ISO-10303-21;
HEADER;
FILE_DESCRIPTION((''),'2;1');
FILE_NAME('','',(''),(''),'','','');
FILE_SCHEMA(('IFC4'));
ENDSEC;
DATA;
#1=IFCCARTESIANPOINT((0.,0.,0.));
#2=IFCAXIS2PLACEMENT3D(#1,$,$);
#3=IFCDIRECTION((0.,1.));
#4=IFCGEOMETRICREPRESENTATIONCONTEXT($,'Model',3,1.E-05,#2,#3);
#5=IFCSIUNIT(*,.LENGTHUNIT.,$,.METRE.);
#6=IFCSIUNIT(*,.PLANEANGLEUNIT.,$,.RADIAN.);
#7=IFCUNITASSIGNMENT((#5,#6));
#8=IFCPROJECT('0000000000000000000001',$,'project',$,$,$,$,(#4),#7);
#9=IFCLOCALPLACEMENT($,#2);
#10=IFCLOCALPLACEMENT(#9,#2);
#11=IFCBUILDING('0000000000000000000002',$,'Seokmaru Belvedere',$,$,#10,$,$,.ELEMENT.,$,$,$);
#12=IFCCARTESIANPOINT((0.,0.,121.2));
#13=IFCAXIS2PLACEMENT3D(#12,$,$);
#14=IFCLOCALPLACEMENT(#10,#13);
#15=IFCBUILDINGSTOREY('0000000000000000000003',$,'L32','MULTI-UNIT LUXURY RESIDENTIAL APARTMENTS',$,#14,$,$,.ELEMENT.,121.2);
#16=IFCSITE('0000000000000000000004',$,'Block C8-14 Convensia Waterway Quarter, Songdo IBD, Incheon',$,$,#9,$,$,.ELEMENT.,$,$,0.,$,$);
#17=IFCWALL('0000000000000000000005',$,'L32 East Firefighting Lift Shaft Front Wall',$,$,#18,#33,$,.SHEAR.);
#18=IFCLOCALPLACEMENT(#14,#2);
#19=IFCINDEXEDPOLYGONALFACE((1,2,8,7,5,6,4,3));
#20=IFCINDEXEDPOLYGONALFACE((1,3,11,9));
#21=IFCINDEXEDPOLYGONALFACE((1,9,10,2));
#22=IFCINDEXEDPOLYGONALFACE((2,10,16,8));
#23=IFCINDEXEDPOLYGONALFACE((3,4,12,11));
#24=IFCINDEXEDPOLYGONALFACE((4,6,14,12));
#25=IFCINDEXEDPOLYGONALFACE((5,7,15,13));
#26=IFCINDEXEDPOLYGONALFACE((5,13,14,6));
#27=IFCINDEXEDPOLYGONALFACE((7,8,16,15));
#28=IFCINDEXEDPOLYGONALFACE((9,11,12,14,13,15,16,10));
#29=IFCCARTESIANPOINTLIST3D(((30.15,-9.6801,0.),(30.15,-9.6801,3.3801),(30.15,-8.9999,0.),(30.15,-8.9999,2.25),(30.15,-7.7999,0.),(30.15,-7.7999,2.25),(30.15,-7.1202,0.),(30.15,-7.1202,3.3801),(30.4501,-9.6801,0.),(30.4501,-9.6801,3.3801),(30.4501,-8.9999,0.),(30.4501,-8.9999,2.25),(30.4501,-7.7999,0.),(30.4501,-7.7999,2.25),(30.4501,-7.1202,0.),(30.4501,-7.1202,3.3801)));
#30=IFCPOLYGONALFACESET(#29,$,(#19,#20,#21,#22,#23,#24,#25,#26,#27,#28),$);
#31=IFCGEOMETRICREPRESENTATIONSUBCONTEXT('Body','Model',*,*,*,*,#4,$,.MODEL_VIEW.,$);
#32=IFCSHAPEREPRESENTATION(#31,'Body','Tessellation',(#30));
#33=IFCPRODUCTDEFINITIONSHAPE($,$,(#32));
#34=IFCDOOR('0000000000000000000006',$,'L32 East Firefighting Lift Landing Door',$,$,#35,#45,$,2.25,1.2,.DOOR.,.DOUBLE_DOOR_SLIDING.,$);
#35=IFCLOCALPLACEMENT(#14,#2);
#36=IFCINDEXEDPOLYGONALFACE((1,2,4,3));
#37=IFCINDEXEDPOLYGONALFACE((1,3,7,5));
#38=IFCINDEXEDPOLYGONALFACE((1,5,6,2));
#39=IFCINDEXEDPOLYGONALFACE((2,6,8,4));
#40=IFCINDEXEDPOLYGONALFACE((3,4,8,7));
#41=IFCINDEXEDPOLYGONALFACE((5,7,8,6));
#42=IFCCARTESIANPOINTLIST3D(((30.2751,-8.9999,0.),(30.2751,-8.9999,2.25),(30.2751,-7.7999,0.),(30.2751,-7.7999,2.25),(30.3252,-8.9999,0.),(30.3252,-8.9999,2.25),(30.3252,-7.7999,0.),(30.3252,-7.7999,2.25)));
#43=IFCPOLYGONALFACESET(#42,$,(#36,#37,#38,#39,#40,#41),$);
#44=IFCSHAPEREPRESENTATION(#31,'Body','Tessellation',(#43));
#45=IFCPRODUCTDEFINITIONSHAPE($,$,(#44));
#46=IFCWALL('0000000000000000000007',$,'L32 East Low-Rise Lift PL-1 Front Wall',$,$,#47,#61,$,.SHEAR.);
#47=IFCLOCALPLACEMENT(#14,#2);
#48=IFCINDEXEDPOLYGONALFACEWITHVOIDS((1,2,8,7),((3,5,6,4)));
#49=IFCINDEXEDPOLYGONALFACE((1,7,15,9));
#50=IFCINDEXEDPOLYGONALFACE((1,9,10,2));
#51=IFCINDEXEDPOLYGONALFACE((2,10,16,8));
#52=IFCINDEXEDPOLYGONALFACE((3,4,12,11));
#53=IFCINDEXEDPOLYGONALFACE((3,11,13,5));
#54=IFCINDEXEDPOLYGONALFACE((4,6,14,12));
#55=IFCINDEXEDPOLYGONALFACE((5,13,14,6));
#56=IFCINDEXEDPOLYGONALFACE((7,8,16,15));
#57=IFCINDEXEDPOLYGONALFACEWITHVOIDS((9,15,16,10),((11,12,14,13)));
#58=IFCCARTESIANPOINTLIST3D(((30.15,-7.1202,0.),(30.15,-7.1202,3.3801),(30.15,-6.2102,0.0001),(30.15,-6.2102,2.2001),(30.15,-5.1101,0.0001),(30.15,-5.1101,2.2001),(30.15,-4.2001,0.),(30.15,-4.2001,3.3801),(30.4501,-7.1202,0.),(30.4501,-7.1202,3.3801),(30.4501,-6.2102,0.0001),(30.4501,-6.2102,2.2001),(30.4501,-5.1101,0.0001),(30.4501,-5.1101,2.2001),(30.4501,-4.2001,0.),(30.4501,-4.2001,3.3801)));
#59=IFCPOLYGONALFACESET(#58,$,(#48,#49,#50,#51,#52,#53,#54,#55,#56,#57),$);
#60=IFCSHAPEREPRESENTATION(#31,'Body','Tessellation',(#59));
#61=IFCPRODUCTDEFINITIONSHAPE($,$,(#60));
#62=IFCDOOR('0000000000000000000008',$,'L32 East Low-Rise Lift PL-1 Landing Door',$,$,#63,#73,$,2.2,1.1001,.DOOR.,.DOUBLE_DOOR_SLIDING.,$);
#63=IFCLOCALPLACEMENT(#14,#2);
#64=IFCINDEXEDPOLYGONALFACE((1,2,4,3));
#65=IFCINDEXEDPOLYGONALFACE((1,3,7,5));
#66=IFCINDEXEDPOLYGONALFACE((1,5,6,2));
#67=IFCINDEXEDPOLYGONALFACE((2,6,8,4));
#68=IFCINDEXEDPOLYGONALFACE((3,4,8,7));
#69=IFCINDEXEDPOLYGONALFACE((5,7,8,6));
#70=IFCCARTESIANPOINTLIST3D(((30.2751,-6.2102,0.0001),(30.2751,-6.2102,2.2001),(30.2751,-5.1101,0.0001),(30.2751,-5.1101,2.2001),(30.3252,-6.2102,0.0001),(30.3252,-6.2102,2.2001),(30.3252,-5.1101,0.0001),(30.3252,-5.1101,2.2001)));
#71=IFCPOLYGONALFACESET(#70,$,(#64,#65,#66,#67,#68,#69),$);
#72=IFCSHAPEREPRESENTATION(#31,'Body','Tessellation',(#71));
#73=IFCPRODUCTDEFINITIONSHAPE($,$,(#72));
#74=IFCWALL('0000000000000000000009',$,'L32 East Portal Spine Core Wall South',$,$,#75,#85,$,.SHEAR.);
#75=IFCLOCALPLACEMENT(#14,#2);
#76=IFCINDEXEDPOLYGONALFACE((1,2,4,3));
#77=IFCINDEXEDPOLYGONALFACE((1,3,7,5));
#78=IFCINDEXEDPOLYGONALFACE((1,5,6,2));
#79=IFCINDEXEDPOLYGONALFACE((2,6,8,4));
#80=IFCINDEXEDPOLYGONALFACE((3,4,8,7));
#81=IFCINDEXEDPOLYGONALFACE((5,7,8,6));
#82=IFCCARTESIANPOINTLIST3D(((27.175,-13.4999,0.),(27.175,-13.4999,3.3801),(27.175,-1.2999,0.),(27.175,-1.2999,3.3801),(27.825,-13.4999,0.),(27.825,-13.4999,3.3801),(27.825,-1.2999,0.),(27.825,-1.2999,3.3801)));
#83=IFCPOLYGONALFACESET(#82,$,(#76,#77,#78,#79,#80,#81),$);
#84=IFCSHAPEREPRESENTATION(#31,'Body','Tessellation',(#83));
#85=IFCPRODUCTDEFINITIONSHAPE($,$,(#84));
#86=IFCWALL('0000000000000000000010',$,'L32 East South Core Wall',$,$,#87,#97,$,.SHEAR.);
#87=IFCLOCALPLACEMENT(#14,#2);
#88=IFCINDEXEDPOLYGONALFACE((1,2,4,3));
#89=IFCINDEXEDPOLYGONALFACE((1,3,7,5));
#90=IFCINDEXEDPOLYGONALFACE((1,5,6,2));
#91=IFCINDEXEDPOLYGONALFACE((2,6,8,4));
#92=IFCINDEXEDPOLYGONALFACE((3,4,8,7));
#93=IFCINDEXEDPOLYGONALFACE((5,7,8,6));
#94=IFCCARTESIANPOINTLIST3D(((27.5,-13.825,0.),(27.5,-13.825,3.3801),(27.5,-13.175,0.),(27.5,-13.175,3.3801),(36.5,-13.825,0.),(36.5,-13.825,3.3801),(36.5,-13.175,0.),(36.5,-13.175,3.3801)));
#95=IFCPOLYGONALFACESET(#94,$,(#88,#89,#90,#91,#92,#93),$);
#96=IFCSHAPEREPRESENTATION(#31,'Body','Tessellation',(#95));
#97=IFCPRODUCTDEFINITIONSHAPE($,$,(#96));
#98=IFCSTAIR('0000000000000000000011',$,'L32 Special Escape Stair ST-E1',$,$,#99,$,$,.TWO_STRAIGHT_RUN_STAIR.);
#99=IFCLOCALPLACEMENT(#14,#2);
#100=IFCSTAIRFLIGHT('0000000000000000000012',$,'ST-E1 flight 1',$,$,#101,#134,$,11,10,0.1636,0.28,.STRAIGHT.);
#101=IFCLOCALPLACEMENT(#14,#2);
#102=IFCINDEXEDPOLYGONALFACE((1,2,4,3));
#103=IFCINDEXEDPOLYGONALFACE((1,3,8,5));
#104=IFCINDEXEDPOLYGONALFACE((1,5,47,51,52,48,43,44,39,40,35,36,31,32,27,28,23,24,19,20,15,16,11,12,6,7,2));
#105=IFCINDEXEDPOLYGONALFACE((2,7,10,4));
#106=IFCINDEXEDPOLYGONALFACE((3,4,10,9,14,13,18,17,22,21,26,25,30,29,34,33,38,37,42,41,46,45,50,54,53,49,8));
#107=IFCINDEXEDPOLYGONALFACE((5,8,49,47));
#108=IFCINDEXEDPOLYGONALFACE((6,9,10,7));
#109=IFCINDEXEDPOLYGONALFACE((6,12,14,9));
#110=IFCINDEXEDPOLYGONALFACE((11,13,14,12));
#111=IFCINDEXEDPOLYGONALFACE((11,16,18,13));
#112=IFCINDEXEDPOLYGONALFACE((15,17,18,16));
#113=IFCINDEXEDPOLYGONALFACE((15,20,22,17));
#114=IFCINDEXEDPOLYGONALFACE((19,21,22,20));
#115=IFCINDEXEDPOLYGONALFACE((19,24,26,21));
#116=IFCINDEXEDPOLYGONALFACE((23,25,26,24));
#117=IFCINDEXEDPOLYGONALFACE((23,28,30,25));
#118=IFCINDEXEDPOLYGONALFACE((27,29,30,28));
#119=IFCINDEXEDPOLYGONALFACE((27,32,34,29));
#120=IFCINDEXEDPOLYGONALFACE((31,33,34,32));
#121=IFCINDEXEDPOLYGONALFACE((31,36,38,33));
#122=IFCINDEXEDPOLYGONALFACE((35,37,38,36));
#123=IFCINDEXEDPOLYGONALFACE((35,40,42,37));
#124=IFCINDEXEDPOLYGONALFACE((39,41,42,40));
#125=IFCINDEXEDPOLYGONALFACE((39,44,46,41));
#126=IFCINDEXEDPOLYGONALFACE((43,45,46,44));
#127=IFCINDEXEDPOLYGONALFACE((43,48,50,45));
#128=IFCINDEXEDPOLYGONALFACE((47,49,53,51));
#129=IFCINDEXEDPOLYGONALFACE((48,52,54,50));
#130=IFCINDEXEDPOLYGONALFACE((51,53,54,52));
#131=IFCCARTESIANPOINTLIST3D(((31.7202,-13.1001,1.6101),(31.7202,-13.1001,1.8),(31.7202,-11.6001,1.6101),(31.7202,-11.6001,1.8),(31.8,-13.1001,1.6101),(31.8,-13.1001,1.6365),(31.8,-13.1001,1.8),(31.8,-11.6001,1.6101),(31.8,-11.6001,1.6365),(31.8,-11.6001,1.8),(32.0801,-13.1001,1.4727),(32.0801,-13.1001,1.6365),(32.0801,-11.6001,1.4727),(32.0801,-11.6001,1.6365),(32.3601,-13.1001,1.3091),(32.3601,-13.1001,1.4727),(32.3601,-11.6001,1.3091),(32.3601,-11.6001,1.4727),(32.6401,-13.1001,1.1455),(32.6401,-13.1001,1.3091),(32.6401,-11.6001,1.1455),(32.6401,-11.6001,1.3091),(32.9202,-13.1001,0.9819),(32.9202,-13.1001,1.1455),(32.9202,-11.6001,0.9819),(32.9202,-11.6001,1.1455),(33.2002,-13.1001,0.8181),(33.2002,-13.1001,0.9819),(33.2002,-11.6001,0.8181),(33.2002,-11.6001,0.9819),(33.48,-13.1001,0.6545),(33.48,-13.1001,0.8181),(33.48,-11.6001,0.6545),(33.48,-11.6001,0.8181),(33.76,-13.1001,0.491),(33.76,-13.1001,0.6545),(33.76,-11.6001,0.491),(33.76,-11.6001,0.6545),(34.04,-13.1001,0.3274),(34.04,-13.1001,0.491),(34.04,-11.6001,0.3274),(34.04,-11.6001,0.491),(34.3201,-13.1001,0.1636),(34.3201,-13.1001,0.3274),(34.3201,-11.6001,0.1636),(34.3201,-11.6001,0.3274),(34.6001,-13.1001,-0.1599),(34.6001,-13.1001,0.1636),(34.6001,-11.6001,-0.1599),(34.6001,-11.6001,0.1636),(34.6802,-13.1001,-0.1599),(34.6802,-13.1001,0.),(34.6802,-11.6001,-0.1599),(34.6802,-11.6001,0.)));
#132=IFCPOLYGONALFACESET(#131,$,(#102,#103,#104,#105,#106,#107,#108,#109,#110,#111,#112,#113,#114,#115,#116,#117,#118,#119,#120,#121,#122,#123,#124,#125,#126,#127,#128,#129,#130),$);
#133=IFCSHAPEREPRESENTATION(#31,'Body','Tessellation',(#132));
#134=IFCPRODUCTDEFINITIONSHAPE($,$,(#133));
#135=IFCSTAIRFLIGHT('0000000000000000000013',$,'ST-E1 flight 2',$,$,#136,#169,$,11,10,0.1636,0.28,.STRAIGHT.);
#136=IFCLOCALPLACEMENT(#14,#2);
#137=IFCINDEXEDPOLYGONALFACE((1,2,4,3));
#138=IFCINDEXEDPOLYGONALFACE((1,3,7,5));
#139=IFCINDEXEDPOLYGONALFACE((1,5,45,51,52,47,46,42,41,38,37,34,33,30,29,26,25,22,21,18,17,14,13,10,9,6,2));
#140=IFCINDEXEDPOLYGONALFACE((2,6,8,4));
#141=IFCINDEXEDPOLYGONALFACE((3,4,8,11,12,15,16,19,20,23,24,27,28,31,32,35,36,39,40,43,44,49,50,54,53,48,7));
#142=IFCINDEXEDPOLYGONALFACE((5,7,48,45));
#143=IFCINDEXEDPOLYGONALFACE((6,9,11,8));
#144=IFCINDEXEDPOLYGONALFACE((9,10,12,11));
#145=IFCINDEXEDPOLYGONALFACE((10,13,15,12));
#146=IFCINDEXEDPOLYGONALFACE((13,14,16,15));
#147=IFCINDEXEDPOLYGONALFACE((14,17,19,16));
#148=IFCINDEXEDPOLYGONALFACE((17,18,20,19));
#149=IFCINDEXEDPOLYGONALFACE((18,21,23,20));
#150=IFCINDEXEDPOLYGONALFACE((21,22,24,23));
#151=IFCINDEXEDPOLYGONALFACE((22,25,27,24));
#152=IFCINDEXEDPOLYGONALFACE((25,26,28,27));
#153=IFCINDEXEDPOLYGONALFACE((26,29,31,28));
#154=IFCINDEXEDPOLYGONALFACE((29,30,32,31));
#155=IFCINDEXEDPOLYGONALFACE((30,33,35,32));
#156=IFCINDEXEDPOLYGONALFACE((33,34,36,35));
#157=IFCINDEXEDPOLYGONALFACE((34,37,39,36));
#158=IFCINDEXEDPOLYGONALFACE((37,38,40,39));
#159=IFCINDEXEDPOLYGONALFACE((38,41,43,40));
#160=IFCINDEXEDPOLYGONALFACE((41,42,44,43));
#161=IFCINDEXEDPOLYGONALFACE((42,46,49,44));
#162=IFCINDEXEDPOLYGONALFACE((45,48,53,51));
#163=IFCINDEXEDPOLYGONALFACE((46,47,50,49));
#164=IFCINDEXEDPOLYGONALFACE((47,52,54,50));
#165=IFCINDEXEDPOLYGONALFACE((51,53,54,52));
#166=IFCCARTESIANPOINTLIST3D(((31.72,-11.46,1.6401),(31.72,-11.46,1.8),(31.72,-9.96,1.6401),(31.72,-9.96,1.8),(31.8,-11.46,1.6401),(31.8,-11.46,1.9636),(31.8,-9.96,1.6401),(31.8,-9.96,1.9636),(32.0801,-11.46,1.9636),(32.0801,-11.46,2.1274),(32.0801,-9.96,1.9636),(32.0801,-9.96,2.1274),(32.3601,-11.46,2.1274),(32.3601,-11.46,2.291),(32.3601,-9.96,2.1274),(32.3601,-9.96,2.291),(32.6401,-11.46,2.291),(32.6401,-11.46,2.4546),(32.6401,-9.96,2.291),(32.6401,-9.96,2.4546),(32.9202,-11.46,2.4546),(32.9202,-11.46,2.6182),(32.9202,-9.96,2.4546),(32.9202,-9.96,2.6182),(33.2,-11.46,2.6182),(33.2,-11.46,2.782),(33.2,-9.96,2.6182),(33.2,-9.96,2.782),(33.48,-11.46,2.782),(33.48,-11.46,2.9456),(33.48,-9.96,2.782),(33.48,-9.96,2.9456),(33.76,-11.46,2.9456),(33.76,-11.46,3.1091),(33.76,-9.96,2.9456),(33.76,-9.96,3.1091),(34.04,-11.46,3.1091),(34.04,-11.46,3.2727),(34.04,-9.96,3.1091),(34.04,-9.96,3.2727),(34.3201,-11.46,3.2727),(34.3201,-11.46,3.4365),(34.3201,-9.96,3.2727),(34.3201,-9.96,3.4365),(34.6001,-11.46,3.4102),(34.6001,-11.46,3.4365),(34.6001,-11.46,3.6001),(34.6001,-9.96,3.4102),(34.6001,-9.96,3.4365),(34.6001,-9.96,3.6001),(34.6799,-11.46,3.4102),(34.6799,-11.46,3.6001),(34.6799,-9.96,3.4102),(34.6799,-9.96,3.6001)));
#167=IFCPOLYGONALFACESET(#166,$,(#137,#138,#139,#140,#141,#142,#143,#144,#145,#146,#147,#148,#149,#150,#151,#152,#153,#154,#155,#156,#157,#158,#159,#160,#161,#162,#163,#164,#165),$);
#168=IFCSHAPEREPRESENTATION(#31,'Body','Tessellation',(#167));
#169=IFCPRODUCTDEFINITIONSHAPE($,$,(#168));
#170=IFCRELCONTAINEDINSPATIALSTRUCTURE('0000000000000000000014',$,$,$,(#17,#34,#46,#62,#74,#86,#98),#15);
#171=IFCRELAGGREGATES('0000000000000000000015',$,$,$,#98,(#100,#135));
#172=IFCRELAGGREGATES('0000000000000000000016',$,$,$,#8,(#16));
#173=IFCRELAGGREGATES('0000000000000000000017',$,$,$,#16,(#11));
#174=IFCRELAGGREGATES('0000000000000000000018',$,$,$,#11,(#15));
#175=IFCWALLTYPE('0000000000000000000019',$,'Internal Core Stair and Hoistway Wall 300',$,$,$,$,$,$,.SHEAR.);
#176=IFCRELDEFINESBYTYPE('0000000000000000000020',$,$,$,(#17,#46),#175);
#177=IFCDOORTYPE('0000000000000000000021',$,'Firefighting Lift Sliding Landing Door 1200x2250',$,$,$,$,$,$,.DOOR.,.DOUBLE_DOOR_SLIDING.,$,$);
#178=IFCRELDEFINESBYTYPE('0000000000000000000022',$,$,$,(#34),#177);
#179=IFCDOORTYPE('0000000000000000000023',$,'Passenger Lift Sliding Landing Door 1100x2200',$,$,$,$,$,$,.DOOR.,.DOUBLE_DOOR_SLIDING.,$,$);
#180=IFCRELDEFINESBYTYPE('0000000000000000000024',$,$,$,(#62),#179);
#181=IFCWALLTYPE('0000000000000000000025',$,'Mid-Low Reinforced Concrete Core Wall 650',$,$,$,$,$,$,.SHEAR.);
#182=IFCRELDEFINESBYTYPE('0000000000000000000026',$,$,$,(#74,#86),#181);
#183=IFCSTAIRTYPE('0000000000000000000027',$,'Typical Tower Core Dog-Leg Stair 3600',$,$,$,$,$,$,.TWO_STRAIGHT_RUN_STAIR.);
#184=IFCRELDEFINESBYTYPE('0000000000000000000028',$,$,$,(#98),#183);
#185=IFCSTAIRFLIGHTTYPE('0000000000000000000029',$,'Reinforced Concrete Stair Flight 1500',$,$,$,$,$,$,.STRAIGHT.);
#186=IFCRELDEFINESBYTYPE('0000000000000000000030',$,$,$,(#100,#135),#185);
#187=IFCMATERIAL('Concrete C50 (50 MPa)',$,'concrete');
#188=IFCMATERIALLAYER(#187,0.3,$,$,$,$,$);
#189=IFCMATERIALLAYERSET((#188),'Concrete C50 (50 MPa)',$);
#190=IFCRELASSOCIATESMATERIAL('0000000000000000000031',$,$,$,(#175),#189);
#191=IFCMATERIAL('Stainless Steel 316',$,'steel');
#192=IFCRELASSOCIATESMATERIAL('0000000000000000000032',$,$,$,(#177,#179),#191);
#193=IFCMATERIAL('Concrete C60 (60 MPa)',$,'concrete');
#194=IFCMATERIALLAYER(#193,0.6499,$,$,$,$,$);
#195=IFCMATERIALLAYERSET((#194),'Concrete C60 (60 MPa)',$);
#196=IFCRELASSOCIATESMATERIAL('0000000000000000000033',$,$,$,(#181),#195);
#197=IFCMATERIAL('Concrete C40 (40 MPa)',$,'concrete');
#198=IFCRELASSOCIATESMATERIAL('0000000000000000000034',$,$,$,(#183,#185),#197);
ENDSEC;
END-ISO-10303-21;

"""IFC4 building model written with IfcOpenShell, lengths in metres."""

from ifc_helpers import new_model, si_unit, direction, frame, frame_2d, origin, place, context, subcontext, project, spatial, polyline, rectangle, outline, extrude, source, transform, mapped, material, layer, layer_set, type_object, type_shapes, element, fill, aggregate, save


model = new_model("IFC4")

# Units and contexts
model_context = context("Model", 3, precision=1e-05, world=origin(), true_north=direction((0.0, 1.0)))
body_context = subcontext(model_context, "Body", "Model", "MODEL_VIEW")
ifc_project = project(units=[si_unit("LENGTHUNIT", "METRE"), si_unit("PLANEANGLEUNIT", "RADIAN")], contexts=[model_context])

# Site, building, storey
site_placement = place(None, origin())
site = spatial("IfcSite", under=ifc_project, at=site_placement, Name="Block C8-14 Convensia Waterway Quarter, Songdo IBD, Incheon", CompositionType="ELEMENT", RefElevation=0.0)
building_placement = place(site_placement, origin())
building = spatial("IfcBuilding", under=site, at=building_placement, Name="Seokmaru Belvedere", CompositionType="ELEMENT")
storey_placement = place(building_placement, frame((0.0, 0.0, 121.2)))
storey = spatial("IfcBuildingStorey", under=building, at=storey_placement, Name="L32", Description="MULTI-UNIT LUXURY RESIDENTIAL APARTMENTS", CompositionType="ELEMENT", Elevation=121.2)

# Shared definitions
ifc_material_1 = material(Name="Concrete C50 (50 MPa)", Category="concrete")

# Walls, openings, doors
ifc_layer_1 = layer(ifc_material_1, 0.3)
ifc_layer_set_1 = layer_set([ifc_layer_1], Name="Concrete C50 (50 MPa)")
wall_type_1 = type_object("IfcWallType", Name="Internal Core Stair and Hoistway Wall 300", PredefinedType="SHEAR", material=ifc_layer_set_1)
wall_1_placement = place(storey_placement, frame((30.3, -9.6799, 0.0), z_axis=(0.0, 0.0, 1.0), x_axis=(0.0, 1.0, 0.0)))
wall_1 = element("IfcWall", 1, at=wall_1_placement, inside=storey, type_object=wall_type_1, Name="L32 East Firefighting Lift Shaft Front Wall", PredefinedType="SHEAR", context=body_context, shape_type="SweptSolid", body=[
    extrude(rectangle(XDim=2.5598, YDim=0.3, at=frame_2d((1.2798, 0.0))), origin(), (0.0, 0.0, 1.0), 3.3801),
])
opening_1_placement = place(wall_1_placement, frame((0.6799, 0.0, 0.0)))
opening_1 = element("IfcOpeningElement", 2, at=opening_1_placement, cuts=wall_1, PredefinedType="OPENING", context=body_context, shape_type="SweptSolid", body=[
    extrude(rectangle(XDim=1.2, YDim=2.25, at=frame_2d((0.6001, 1.125))), frame((0.0, 0.1602, 0.0), z_axis=(0.0, -1.0, 0.0), x_axis=(1.0, 0.0, 0.0)), (0.0, 0.0, 1.0), 0.3201),
])
ifc_material_2 = material(Name="Stainless Steel 316", Category="steel")
door_type_1 = type_object("IfcDoorType", Name="Firefighting Lift Sliding Landing Door 1200x2250", OperationType="DOUBLE_DOOR_SLIDING", PredefinedType="DOOR", material=ifc_material_2)
shared_shape_1 = source(origin(), body_context, "Body", "SweptSolid", [
    extrude(rectangle(XDim=1.2, YDim=2.25, at=frame_2d((0.6001, 1.125))), frame((0.0, 0.0249, 0.0), z_axis=(0.0, -1.0, 0.0), x_axis=(1.0, 0.0, 0.0)), (0.0, 0.0, 1.0), 0.05),
])
type_shapes(door_type_1, [shared_shape_1])
door_1_placement = place(opening_1_placement, origin())
door_1 = element("IfcDoor", 3, at=door_1_placement, inside=storey, type_object=door_type_1, Name="L32 East Firefighting Lift Landing Door", OperationType="DOUBLE_DOOR_SLIDING", OverallHeight=2.25, OverallWidth=1.2, PredefinedType="DOOR", context=body_context, shape_type="MappedRepresentation", body=[
    mapped(shared_shape_1, transform((0.0, 0.0, 0.0), scale=1.0)),
])
fill(opening_1, door_1)
wall_2_placement = place(storey_placement, frame((30.3, -7.1201, 0.0), z_axis=(0.0, 0.0, 1.0), x_axis=(0.0, 1.0, 0.0)))
wall_2 = element("IfcWall", 4, at=wall_2_placement, inside=storey, type_object=wall_type_1, Name="L32 East Low-Rise Lift PL-1 Front Wall", PredefinedType="SHEAR", context=body_context, shape_type="SweptSolid", body=[
    extrude(rectangle(XDim=2.9202, YDim=0.3, at=frame_2d((1.46, 0.0))), origin(), (0.0, 0.0, 1.0), 3.3801),
])
opening_2_placement = place(wall_2_placement, frame((0.9099, 0.0, 0.0)))
opening_2 = element("IfcOpeningElement", 5, at=opening_2_placement, cuts=wall_2, PredefinedType="OPENING", context=body_context, shape_type="SweptSolid", body=[
    extrude(rectangle(XDim=1.1001, YDim=2.2, at=frame_2d((0.55, 1.1001))), frame((0.0, 0.1602, 0.0), z_axis=(0.0, -1.0, 0.0), x_axis=(1.0, 0.0, 0.0)), (0.0, 0.0, 1.0), 0.3201),
])
door_type_2 = type_object("IfcDoorType", Name="Passenger Lift Sliding Landing Door 1100x2200", OperationType="DOUBLE_DOOR_SLIDING", PredefinedType="DOOR", material=ifc_material_2)
shared_shape_2 = source(origin(), body_context, "Body", "SweptSolid", [
    extrude(rectangle(XDim=1.1001, YDim=2.2, at=frame_2d((0.55, 1.1001))), frame((0.0, 0.0249, 0.0), z_axis=(0.0, -1.0, 0.0), x_axis=(1.0, 0.0, 0.0)), (0.0, 0.0, 1.0), 0.05),
])
type_shapes(door_type_2, [shared_shape_2])
door_2_placement = place(opening_2_placement, origin())
door_2 = element("IfcDoor", 6, at=door_2_placement, inside=storey, type_object=door_type_2, Name="L32 East Low-Rise Lift PL-1 Landing Door", OperationType="DOUBLE_DOOR_SLIDING", OverallHeight=2.2, OverallWidth=1.1001, PredefinedType="DOOR", context=body_context, shape_type="MappedRepresentation", body=[
    mapped(shared_shape_2, transform((0.0, 0.0, 0.0), scale=1.0)),
])
fill(opening_2, door_2)

# Walls
ifc_material_3 = material(Name="Concrete C60 (60 MPa)", Category="concrete")
ifc_layer_2 = layer(ifc_material_3, 0.6499)
ifc_layer_set_2 = layer_set([ifc_layer_2], Name="Concrete C60 (60 MPa)")
wall_type_2 = type_object("IfcWallType", Name="Mid-Low Reinforced Concrete Core Wall 650", PredefinedType="SHEAR", material=ifc_layer_set_2)
wall_3_placement = place(storey_placement, frame((27.5, -13.5, 0.0), z_axis=(0.0, 0.0, 1.0), x_axis=(0.0, 1.0, 0.0)))
element("IfcWall", 7, at=wall_3_placement, inside=storey, type_object=wall_type_2, Name="L32 East Portal Spine Core Wall South", PredefinedType="SHEAR", context=body_context, shape_type="SweptSolid", body=[
    extrude(rectangle(XDim=12.2, YDim=0.6499, at=frame_2d((6.1001, 0.0))), origin(), (0.0, 0.0, 1.0), 3.3801),
])
wall_4_placement = place(storey_placement, frame((27.5, -13.5, 0.0), z_axis=(0.0, 0.0, 1.0), x_axis=(1.0, 0.0, 0.0)))
element("IfcWall", 8, at=wall_4_placement, inside=storey, type_object=wall_type_2, Name="L32 East South Core Wall", PredefinedType="SHEAR", context=body_context, shape_type="SweptSolid", body=[
    extrude(rectangle(XDim=9.0, YDim=0.6499, at=frame_2d((4.5, 0.0))), origin(), (0.0, 0.0, 1.0), 3.3801),
])

# Stair, stair flights
ifc_material_4 = material(Name="Concrete C40 (40 MPa)", Category="concrete")
stair_type = type_object("IfcStairType", Name="Typical Tower Core Dog-Leg Stair 3600", PredefinedType="TWO_STRAIGHT_RUN_STAIR", material=ifc_material_4)
stair_placement = place(storey_placement, origin())
stair = element("IfcStair", 9, at=stair_placement, inside=storey, type_object=stair_type, Name="L32 Special Escape Stair ST-E1", PredefinedType="TWO_STRAIGHT_RUN_STAIR")
stair_flight_type = type_object("IfcStairFlightType", Name="Reinforced Concrete Stair Flight 1500", PredefinedType="STRAIGHT", material=ifc_material_4)
stair_flight_1_placement = place(storey_placement, frame((34.6001, -12.3501, 0.0), z_axis=(0.0, 0.0, 1.0), x_axis=(-1.0, 0.0, 0.0)))
stair_flight_1 = element("IfcStairFlight", 10, at=stair_flight_1_placement, type_object=stair_flight_type, Name="ST-E1 flight 1", NumberOfRisers=11, NumberOfTreads=10, PredefinedType="STRAIGHT", RiserHeight=0.1636, TreadLength=0.28, context=body_context, shape_type="SweptSolid", body=[
    extrude(outline(polyline([(-0.0801, 0.0), (0.0, 0.1636), (0.28, 0.1636), (0.28, 0.3274), (0.5601, 0.3274), (0.5601, 0.491), (0.8401, 0.491), (0.8401, 0.6545), (1.1201, 0.6545), (1.1201, 0.8181), (1.3999, 0.8181), (1.3999, 0.9819), (1.6799, 0.9819), (1.6799, 1.1455), (1.96, 1.1455), (1.96, 1.3091), (2.24, 1.3091), (2.24, 1.4727), (2.52, 1.4727), (2.52, 1.6365), (2.8, 1.6365), (2.8, 1.8), (2.8799, 1.8), (2.8799, 1.6101), (2.8, 1.6101), (0.0, -0.1599), (-0.0801, -0.1599), (-0.0801, 0.0)])), frame((0.0, 0.75, 0.0), z_axis=(0.0, -1.0, 0.0), x_axis=(1.0, 0.0, 0.0)), (0.0, 0.0, 1.0), 1.5),
])
stair_flight_2_placement = place(storey_placement, frame((31.8, -10.71, 1.8), z_axis=(0.0, 0.0, 1.0), x_axis=(1.0, 0.0, 0.0)))
stair_flight_2 = element("IfcStairFlight", 11, at=stair_flight_2_placement, type_object=stair_flight_type, Name="ST-E1 flight 2", NumberOfRisers=11, NumberOfTreads=10, PredefinedType="STRAIGHT", RiserHeight=0.1636, TreadLength=0.28, context=body_context, shape_type="SweptSolid", body=[
    extrude(outline(polyline([(-0.0801, 0.0), (0.0, 0.1636), (0.28, 0.1636), (0.28, 0.3274), (0.5601, 0.3274), (0.5601, 0.491), (0.8401, 0.491), (0.8401, 0.6545), (1.1201, 0.6545), (1.1201, 0.8181), (1.3999, 0.8181), (1.3999, 0.9819), (1.6799, 0.9819), (1.6799, 1.1455), (1.96, 1.1455), (1.96, 1.3091), (2.24, 1.3091), (2.24, 1.4727), (2.52, 1.4727), (2.52, 1.6365), (2.8, 1.6365), (2.8, 1.8), (2.8799, 1.8), (2.8799, 1.6101), (2.8, 1.6101), (0.0, -0.1599), (-0.0801, -0.1599), (-0.0801, 0.0)])), frame((0.0, 0.75, 0.0), z_axis=(0.0, -1.0, 0.0), x_axis=(1.0, 0.0, 0.0)), (0.0, 0.0, 1.0), 1.5),
])
aggregate(stair, [stair_flight_1, stair_flight_2])

save(model, "model.ifc")
